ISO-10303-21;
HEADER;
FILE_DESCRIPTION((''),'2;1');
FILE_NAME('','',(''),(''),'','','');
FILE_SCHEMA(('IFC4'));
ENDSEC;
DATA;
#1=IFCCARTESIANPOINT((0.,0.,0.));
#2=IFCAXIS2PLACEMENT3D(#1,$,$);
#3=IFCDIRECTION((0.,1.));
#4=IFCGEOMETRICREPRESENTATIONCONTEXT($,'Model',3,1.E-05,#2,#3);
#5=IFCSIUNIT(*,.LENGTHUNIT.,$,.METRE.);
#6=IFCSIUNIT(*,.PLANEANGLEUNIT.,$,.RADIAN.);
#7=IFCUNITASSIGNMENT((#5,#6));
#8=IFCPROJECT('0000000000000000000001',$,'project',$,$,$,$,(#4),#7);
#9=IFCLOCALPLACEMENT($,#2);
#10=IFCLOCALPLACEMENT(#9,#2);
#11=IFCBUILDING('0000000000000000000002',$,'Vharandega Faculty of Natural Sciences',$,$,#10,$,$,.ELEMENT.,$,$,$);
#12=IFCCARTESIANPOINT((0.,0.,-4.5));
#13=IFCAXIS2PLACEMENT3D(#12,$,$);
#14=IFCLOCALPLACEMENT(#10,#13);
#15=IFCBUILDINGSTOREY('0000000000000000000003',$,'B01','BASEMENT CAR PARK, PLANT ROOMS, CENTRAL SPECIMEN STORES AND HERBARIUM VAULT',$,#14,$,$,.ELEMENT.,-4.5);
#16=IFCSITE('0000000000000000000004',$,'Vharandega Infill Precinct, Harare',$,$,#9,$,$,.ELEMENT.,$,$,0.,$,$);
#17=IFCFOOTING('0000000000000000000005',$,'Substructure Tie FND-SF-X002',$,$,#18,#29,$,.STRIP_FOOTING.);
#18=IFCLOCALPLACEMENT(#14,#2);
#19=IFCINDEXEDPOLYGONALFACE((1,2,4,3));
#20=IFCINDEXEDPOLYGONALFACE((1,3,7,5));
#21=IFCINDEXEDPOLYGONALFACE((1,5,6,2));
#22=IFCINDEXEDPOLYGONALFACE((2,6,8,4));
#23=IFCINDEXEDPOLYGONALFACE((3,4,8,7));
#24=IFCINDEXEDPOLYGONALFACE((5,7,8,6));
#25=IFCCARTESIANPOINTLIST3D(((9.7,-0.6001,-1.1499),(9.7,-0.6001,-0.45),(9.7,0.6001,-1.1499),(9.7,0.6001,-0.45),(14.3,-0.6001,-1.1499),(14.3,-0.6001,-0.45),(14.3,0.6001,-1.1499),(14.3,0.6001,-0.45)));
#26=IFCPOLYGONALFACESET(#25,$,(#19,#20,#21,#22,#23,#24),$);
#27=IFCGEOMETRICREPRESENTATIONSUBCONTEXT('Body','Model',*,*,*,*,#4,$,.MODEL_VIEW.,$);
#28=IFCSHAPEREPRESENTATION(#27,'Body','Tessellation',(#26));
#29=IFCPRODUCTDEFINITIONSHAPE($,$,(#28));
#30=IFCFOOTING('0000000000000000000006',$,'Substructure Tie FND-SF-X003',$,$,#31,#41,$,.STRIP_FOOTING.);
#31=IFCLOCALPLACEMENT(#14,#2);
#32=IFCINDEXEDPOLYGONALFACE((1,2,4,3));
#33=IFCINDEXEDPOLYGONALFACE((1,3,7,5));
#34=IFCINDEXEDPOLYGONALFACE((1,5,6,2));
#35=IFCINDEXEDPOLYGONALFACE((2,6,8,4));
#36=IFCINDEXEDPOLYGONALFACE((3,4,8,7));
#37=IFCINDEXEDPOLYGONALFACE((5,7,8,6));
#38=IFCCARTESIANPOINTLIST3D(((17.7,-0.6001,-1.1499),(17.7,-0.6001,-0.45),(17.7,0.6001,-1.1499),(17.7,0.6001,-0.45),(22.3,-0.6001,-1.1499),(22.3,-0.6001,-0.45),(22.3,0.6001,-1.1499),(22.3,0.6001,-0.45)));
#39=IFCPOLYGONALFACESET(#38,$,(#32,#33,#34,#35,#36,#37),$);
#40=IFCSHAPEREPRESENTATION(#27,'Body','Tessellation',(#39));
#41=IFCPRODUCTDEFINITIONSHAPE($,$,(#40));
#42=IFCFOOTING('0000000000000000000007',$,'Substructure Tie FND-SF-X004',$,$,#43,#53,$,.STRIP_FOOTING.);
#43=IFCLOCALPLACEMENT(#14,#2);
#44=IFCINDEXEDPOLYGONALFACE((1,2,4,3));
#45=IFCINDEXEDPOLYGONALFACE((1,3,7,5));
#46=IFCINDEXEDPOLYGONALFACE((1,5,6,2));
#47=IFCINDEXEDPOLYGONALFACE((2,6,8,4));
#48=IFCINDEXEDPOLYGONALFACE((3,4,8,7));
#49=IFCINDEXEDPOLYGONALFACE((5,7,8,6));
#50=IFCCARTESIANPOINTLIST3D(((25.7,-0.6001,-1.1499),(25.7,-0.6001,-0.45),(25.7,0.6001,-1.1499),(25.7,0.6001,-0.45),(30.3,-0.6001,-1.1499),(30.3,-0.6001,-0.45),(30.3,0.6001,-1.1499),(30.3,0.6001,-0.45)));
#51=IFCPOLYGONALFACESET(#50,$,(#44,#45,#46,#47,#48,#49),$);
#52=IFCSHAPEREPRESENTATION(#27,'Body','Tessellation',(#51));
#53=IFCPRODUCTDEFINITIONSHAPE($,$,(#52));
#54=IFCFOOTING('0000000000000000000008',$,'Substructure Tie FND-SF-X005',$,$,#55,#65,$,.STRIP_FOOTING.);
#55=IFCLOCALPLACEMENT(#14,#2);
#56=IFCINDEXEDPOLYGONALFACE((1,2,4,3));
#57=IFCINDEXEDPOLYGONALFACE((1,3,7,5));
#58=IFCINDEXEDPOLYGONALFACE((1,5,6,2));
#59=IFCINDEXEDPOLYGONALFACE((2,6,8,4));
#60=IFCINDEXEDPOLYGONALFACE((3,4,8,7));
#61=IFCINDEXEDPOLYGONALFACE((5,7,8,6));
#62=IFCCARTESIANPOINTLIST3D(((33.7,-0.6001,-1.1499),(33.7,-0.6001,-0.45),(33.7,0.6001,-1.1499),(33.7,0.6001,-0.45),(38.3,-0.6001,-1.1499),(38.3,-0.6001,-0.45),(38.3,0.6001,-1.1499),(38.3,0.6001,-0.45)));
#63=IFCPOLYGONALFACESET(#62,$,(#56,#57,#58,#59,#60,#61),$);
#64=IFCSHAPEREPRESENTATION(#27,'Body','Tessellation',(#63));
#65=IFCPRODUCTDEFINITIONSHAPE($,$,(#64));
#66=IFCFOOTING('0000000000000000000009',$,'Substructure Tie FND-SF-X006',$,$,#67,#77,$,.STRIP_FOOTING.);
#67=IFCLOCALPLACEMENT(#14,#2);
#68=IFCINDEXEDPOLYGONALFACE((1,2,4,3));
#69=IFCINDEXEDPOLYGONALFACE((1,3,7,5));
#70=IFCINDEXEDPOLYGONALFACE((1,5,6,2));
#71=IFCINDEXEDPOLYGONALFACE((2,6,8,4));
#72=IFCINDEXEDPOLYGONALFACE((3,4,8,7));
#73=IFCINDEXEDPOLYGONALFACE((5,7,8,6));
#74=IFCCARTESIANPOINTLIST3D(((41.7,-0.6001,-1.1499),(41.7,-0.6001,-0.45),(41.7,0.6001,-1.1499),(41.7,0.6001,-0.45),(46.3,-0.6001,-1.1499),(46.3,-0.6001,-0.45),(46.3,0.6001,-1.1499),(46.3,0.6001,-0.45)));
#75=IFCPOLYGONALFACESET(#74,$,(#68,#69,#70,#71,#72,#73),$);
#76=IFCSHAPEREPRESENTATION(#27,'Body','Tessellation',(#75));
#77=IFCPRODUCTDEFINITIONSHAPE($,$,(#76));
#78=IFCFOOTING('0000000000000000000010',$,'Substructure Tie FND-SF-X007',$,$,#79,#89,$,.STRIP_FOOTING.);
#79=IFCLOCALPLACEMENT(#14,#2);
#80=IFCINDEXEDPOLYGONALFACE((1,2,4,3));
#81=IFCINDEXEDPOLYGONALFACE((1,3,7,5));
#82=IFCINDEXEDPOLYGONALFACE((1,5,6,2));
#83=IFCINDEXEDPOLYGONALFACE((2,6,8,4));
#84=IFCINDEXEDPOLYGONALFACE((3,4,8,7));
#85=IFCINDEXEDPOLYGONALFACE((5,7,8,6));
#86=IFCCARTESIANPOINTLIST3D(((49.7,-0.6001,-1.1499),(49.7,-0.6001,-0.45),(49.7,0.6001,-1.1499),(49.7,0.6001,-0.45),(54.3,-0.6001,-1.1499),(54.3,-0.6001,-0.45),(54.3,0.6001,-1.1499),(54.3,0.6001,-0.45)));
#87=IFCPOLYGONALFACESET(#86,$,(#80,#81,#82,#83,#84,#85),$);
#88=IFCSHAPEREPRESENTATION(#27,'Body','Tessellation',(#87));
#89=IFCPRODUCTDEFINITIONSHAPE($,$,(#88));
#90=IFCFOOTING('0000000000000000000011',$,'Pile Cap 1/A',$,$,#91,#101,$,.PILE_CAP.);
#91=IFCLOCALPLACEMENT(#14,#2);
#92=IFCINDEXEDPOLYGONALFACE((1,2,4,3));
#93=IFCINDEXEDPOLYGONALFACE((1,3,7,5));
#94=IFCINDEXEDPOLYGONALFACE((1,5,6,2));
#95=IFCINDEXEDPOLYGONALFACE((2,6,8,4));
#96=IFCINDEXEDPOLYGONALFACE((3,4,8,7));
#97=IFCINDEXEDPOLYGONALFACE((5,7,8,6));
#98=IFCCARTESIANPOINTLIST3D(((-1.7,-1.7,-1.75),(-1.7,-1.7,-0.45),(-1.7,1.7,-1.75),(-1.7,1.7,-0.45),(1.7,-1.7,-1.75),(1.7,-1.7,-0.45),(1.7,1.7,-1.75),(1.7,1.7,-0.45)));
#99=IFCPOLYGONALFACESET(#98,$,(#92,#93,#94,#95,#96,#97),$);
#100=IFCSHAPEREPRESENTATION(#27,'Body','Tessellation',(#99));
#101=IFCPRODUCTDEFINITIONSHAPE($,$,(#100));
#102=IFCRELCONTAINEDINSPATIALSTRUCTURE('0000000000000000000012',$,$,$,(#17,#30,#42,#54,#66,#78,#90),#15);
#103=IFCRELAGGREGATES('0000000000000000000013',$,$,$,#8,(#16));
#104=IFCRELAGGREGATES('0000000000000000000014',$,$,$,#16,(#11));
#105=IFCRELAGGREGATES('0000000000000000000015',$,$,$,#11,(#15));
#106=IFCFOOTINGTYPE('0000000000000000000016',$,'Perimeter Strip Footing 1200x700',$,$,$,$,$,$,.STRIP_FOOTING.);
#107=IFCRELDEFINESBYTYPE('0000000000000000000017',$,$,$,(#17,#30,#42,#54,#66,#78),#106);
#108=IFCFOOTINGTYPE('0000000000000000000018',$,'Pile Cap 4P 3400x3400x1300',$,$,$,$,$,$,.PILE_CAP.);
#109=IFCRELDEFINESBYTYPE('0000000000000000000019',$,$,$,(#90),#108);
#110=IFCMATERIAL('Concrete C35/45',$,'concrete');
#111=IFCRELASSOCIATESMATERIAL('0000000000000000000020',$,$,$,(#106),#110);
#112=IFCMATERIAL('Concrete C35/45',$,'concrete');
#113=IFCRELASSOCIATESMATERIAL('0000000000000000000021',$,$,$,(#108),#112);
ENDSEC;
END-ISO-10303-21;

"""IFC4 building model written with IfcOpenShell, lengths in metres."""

from ifc_helpers import new_model, si_unit, direction, frame, origin, origin_2d, place, context, subcontext, project, spatial, polyline, rectangle, outline, extrude, material, type_object, element, save


model = new_model("IFC4")

# Units and contexts
model_context = context("Model", 3, precision=1e-05, world=origin(), true_north=direction((0.0, 1.0)))
body_context = subcontext(model_context, "Body", "Model", "MODEL_VIEW")
ifc_project = project(units=[si_unit("LENGTHUNIT", "METRE"), si_unit("PLANEANGLEUNIT", "RADIAN")], contexts=[model_context])

# Site, building, storey
site_placement = place(None, origin())
site = spatial("IfcSite", under=ifc_project, at=site_placement, Name="Vharandega Infill Precinct, Harare", CompositionType="ELEMENT", RefElevation=0.0)
building_placement = place(site_placement, origin())
building = spatial("IfcBuilding", under=site, at=building_placement, Name="Vharandega Faculty of Natural Sciences", CompositionType="ELEMENT")
storey_placement = place(building_placement, frame((0.0, 0.0, -4.5)))
storey = spatial("IfcBuildingStorey", under=building, at=storey_placement, Name="B01", Description="BASEMENT CAR PARK, PLANT ROOMS, CENTRAL SPECIMEN STORES AND HERBARIUM VAULT", CompositionType="ELEMENT", Elevation=-4.5)

# Footings
ifc_material_1 = material(Name="Concrete C35/45", Category="concrete")
footing_type_1 = type_object("IfcFootingType", Name="Perimeter Strip Footing 1200x700", PredefinedType="STRIP_FOOTING", material=ifc_material_1)
footing_1_placement = place(storey_placement, frame((0.0, 0.0, -1.1499)))
element("IfcFooting", 1, at=footing_1_placement, inside=storey, type_object=footing_type_1, Name="Substructure Tie FND-SF-X002", PredefinedType="STRIP_FOOTING", context=body_context, shape_type="SweptSolid", body=[
    extrude(outline(polyline([(9.7, -0.6001), (14.3, -0.6001), (14.3, 0.6001), (9.7, 0.6001), (9.7, -0.6001)])), origin(), (0.0, 0.0, 1.0), 0.7),
])
footing_2_placement = place(storey_placement, frame((0.0, 0.0, -1.1499)))
element("IfcFooting", 2, at=footing_2_placement, inside=storey, type_object=footing_type_1, Name="Substructure Tie FND-SF-X003", PredefinedType="STRIP_FOOTING", context=body_context, shape_type="SweptSolid", body=[
    extrude(outline(polyline([(17.7, -0.6001), (22.3, -0.6001), (22.3, 0.6001), (17.7, 0.6001), (17.7, -0.6001)])), origin(), (0.0, 0.0, 1.0), 0.7),
])
footing_3_placement = place(storey_placement, frame((0.0, 0.0, -1.1499)))
element("IfcFooting", 3, at=footing_3_placement, inside=storey, type_object=footing_type_1, Name="Substructure Tie FND-SF-X004", PredefinedType="STRIP_FOOTING", context=body_context, shape_type="SweptSolid", body=[
    extrude(outline(polyline([(25.7, -0.6001), (30.3, -0.6001), (30.3, 0.6001), (25.7, 0.6001), (25.7, -0.6001)])), origin(), (0.0, 0.0, 1.0), 0.7),
])
footing_4_placement = place(storey_placement, frame((0.0, 0.0, -1.1499)))
element("IfcFooting", 4, at=footing_4_placement, inside=storey, type_object=footing_type_1, Name="Substructure Tie FND-SF-X005", PredefinedType="STRIP_FOOTING", context=body_context, shape_type="SweptSolid", body=[
    extrude(outline(polyline([(33.7, -0.6001), (38.3, -0.6001), (38.3, 0.6001), (33.7, 0.6001), (33.7, -0.6001)])), origin(), (0.0, 0.0, 1.0), 0.7),
])
footing_5_placement = place(storey_placement, frame((0.0, 0.0, -1.1499)))
element("IfcFooting", 5, at=footing_5_placement, inside=storey, type_object=footing_type_1, Name="Substructure Tie FND-SF-X006", PredefinedType="STRIP_FOOTING", context=body_context, shape_type="SweptSolid", body=[
    extrude(outline(polyline([(41.7, -0.6001), (46.3, -0.6001), (46.3, 0.6001), (41.7, 0.6001), (41.7, -0.6001)])), origin(), (0.0, 0.0, 1.0), 0.7),
])
footing_6_placement = place(storey_placement, frame((0.0, 0.0, -1.1499)))
element("IfcFooting", 6, at=footing_6_placement, inside=storey, type_object=footing_type_1, Name="Substructure Tie FND-SF-X007", PredefinedType="STRIP_FOOTING", context=body_context, shape_type="SweptSolid", body=[
    extrude(outline(polyline([(49.7, -0.6001), (54.3, -0.6001), (54.3, 0.6001), (49.7, 0.6001), (49.7, -0.6001)])), origin(), (0.0, 0.0, 1.0), 0.7),
])
ifc_material_2 = material(Name="Concrete C35/45", Category="concrete")
footing_type_2 = type_object("IfcFootingType", Name="Pile Cap 4P 3400x3400x1300", PredefinedType="PILE_CAP", material=ifc_material_2)
footing_7_placement = place(storey_placement, frame((0.0, 0.0, -1.75), z_axis=(0.0, 0.0, 1.0), x_axis=(1.0, 0.0, 0.0)))
element("IfcFooting", 7, at=footing_7_placement, inside=storey, type_object=footing_type_2, Name="Pile Cap 1/A", PredefinedType="PILE_CAP", context=body_context, shape_type="SweptSolid", body=[
    extrude(rectangle(XDim=3.3999, YDim=3.3999, at=origin_2d()), origin(), (0.0, 0.0, 1.0), 1.3),
])

save(model, "model.ifc")
